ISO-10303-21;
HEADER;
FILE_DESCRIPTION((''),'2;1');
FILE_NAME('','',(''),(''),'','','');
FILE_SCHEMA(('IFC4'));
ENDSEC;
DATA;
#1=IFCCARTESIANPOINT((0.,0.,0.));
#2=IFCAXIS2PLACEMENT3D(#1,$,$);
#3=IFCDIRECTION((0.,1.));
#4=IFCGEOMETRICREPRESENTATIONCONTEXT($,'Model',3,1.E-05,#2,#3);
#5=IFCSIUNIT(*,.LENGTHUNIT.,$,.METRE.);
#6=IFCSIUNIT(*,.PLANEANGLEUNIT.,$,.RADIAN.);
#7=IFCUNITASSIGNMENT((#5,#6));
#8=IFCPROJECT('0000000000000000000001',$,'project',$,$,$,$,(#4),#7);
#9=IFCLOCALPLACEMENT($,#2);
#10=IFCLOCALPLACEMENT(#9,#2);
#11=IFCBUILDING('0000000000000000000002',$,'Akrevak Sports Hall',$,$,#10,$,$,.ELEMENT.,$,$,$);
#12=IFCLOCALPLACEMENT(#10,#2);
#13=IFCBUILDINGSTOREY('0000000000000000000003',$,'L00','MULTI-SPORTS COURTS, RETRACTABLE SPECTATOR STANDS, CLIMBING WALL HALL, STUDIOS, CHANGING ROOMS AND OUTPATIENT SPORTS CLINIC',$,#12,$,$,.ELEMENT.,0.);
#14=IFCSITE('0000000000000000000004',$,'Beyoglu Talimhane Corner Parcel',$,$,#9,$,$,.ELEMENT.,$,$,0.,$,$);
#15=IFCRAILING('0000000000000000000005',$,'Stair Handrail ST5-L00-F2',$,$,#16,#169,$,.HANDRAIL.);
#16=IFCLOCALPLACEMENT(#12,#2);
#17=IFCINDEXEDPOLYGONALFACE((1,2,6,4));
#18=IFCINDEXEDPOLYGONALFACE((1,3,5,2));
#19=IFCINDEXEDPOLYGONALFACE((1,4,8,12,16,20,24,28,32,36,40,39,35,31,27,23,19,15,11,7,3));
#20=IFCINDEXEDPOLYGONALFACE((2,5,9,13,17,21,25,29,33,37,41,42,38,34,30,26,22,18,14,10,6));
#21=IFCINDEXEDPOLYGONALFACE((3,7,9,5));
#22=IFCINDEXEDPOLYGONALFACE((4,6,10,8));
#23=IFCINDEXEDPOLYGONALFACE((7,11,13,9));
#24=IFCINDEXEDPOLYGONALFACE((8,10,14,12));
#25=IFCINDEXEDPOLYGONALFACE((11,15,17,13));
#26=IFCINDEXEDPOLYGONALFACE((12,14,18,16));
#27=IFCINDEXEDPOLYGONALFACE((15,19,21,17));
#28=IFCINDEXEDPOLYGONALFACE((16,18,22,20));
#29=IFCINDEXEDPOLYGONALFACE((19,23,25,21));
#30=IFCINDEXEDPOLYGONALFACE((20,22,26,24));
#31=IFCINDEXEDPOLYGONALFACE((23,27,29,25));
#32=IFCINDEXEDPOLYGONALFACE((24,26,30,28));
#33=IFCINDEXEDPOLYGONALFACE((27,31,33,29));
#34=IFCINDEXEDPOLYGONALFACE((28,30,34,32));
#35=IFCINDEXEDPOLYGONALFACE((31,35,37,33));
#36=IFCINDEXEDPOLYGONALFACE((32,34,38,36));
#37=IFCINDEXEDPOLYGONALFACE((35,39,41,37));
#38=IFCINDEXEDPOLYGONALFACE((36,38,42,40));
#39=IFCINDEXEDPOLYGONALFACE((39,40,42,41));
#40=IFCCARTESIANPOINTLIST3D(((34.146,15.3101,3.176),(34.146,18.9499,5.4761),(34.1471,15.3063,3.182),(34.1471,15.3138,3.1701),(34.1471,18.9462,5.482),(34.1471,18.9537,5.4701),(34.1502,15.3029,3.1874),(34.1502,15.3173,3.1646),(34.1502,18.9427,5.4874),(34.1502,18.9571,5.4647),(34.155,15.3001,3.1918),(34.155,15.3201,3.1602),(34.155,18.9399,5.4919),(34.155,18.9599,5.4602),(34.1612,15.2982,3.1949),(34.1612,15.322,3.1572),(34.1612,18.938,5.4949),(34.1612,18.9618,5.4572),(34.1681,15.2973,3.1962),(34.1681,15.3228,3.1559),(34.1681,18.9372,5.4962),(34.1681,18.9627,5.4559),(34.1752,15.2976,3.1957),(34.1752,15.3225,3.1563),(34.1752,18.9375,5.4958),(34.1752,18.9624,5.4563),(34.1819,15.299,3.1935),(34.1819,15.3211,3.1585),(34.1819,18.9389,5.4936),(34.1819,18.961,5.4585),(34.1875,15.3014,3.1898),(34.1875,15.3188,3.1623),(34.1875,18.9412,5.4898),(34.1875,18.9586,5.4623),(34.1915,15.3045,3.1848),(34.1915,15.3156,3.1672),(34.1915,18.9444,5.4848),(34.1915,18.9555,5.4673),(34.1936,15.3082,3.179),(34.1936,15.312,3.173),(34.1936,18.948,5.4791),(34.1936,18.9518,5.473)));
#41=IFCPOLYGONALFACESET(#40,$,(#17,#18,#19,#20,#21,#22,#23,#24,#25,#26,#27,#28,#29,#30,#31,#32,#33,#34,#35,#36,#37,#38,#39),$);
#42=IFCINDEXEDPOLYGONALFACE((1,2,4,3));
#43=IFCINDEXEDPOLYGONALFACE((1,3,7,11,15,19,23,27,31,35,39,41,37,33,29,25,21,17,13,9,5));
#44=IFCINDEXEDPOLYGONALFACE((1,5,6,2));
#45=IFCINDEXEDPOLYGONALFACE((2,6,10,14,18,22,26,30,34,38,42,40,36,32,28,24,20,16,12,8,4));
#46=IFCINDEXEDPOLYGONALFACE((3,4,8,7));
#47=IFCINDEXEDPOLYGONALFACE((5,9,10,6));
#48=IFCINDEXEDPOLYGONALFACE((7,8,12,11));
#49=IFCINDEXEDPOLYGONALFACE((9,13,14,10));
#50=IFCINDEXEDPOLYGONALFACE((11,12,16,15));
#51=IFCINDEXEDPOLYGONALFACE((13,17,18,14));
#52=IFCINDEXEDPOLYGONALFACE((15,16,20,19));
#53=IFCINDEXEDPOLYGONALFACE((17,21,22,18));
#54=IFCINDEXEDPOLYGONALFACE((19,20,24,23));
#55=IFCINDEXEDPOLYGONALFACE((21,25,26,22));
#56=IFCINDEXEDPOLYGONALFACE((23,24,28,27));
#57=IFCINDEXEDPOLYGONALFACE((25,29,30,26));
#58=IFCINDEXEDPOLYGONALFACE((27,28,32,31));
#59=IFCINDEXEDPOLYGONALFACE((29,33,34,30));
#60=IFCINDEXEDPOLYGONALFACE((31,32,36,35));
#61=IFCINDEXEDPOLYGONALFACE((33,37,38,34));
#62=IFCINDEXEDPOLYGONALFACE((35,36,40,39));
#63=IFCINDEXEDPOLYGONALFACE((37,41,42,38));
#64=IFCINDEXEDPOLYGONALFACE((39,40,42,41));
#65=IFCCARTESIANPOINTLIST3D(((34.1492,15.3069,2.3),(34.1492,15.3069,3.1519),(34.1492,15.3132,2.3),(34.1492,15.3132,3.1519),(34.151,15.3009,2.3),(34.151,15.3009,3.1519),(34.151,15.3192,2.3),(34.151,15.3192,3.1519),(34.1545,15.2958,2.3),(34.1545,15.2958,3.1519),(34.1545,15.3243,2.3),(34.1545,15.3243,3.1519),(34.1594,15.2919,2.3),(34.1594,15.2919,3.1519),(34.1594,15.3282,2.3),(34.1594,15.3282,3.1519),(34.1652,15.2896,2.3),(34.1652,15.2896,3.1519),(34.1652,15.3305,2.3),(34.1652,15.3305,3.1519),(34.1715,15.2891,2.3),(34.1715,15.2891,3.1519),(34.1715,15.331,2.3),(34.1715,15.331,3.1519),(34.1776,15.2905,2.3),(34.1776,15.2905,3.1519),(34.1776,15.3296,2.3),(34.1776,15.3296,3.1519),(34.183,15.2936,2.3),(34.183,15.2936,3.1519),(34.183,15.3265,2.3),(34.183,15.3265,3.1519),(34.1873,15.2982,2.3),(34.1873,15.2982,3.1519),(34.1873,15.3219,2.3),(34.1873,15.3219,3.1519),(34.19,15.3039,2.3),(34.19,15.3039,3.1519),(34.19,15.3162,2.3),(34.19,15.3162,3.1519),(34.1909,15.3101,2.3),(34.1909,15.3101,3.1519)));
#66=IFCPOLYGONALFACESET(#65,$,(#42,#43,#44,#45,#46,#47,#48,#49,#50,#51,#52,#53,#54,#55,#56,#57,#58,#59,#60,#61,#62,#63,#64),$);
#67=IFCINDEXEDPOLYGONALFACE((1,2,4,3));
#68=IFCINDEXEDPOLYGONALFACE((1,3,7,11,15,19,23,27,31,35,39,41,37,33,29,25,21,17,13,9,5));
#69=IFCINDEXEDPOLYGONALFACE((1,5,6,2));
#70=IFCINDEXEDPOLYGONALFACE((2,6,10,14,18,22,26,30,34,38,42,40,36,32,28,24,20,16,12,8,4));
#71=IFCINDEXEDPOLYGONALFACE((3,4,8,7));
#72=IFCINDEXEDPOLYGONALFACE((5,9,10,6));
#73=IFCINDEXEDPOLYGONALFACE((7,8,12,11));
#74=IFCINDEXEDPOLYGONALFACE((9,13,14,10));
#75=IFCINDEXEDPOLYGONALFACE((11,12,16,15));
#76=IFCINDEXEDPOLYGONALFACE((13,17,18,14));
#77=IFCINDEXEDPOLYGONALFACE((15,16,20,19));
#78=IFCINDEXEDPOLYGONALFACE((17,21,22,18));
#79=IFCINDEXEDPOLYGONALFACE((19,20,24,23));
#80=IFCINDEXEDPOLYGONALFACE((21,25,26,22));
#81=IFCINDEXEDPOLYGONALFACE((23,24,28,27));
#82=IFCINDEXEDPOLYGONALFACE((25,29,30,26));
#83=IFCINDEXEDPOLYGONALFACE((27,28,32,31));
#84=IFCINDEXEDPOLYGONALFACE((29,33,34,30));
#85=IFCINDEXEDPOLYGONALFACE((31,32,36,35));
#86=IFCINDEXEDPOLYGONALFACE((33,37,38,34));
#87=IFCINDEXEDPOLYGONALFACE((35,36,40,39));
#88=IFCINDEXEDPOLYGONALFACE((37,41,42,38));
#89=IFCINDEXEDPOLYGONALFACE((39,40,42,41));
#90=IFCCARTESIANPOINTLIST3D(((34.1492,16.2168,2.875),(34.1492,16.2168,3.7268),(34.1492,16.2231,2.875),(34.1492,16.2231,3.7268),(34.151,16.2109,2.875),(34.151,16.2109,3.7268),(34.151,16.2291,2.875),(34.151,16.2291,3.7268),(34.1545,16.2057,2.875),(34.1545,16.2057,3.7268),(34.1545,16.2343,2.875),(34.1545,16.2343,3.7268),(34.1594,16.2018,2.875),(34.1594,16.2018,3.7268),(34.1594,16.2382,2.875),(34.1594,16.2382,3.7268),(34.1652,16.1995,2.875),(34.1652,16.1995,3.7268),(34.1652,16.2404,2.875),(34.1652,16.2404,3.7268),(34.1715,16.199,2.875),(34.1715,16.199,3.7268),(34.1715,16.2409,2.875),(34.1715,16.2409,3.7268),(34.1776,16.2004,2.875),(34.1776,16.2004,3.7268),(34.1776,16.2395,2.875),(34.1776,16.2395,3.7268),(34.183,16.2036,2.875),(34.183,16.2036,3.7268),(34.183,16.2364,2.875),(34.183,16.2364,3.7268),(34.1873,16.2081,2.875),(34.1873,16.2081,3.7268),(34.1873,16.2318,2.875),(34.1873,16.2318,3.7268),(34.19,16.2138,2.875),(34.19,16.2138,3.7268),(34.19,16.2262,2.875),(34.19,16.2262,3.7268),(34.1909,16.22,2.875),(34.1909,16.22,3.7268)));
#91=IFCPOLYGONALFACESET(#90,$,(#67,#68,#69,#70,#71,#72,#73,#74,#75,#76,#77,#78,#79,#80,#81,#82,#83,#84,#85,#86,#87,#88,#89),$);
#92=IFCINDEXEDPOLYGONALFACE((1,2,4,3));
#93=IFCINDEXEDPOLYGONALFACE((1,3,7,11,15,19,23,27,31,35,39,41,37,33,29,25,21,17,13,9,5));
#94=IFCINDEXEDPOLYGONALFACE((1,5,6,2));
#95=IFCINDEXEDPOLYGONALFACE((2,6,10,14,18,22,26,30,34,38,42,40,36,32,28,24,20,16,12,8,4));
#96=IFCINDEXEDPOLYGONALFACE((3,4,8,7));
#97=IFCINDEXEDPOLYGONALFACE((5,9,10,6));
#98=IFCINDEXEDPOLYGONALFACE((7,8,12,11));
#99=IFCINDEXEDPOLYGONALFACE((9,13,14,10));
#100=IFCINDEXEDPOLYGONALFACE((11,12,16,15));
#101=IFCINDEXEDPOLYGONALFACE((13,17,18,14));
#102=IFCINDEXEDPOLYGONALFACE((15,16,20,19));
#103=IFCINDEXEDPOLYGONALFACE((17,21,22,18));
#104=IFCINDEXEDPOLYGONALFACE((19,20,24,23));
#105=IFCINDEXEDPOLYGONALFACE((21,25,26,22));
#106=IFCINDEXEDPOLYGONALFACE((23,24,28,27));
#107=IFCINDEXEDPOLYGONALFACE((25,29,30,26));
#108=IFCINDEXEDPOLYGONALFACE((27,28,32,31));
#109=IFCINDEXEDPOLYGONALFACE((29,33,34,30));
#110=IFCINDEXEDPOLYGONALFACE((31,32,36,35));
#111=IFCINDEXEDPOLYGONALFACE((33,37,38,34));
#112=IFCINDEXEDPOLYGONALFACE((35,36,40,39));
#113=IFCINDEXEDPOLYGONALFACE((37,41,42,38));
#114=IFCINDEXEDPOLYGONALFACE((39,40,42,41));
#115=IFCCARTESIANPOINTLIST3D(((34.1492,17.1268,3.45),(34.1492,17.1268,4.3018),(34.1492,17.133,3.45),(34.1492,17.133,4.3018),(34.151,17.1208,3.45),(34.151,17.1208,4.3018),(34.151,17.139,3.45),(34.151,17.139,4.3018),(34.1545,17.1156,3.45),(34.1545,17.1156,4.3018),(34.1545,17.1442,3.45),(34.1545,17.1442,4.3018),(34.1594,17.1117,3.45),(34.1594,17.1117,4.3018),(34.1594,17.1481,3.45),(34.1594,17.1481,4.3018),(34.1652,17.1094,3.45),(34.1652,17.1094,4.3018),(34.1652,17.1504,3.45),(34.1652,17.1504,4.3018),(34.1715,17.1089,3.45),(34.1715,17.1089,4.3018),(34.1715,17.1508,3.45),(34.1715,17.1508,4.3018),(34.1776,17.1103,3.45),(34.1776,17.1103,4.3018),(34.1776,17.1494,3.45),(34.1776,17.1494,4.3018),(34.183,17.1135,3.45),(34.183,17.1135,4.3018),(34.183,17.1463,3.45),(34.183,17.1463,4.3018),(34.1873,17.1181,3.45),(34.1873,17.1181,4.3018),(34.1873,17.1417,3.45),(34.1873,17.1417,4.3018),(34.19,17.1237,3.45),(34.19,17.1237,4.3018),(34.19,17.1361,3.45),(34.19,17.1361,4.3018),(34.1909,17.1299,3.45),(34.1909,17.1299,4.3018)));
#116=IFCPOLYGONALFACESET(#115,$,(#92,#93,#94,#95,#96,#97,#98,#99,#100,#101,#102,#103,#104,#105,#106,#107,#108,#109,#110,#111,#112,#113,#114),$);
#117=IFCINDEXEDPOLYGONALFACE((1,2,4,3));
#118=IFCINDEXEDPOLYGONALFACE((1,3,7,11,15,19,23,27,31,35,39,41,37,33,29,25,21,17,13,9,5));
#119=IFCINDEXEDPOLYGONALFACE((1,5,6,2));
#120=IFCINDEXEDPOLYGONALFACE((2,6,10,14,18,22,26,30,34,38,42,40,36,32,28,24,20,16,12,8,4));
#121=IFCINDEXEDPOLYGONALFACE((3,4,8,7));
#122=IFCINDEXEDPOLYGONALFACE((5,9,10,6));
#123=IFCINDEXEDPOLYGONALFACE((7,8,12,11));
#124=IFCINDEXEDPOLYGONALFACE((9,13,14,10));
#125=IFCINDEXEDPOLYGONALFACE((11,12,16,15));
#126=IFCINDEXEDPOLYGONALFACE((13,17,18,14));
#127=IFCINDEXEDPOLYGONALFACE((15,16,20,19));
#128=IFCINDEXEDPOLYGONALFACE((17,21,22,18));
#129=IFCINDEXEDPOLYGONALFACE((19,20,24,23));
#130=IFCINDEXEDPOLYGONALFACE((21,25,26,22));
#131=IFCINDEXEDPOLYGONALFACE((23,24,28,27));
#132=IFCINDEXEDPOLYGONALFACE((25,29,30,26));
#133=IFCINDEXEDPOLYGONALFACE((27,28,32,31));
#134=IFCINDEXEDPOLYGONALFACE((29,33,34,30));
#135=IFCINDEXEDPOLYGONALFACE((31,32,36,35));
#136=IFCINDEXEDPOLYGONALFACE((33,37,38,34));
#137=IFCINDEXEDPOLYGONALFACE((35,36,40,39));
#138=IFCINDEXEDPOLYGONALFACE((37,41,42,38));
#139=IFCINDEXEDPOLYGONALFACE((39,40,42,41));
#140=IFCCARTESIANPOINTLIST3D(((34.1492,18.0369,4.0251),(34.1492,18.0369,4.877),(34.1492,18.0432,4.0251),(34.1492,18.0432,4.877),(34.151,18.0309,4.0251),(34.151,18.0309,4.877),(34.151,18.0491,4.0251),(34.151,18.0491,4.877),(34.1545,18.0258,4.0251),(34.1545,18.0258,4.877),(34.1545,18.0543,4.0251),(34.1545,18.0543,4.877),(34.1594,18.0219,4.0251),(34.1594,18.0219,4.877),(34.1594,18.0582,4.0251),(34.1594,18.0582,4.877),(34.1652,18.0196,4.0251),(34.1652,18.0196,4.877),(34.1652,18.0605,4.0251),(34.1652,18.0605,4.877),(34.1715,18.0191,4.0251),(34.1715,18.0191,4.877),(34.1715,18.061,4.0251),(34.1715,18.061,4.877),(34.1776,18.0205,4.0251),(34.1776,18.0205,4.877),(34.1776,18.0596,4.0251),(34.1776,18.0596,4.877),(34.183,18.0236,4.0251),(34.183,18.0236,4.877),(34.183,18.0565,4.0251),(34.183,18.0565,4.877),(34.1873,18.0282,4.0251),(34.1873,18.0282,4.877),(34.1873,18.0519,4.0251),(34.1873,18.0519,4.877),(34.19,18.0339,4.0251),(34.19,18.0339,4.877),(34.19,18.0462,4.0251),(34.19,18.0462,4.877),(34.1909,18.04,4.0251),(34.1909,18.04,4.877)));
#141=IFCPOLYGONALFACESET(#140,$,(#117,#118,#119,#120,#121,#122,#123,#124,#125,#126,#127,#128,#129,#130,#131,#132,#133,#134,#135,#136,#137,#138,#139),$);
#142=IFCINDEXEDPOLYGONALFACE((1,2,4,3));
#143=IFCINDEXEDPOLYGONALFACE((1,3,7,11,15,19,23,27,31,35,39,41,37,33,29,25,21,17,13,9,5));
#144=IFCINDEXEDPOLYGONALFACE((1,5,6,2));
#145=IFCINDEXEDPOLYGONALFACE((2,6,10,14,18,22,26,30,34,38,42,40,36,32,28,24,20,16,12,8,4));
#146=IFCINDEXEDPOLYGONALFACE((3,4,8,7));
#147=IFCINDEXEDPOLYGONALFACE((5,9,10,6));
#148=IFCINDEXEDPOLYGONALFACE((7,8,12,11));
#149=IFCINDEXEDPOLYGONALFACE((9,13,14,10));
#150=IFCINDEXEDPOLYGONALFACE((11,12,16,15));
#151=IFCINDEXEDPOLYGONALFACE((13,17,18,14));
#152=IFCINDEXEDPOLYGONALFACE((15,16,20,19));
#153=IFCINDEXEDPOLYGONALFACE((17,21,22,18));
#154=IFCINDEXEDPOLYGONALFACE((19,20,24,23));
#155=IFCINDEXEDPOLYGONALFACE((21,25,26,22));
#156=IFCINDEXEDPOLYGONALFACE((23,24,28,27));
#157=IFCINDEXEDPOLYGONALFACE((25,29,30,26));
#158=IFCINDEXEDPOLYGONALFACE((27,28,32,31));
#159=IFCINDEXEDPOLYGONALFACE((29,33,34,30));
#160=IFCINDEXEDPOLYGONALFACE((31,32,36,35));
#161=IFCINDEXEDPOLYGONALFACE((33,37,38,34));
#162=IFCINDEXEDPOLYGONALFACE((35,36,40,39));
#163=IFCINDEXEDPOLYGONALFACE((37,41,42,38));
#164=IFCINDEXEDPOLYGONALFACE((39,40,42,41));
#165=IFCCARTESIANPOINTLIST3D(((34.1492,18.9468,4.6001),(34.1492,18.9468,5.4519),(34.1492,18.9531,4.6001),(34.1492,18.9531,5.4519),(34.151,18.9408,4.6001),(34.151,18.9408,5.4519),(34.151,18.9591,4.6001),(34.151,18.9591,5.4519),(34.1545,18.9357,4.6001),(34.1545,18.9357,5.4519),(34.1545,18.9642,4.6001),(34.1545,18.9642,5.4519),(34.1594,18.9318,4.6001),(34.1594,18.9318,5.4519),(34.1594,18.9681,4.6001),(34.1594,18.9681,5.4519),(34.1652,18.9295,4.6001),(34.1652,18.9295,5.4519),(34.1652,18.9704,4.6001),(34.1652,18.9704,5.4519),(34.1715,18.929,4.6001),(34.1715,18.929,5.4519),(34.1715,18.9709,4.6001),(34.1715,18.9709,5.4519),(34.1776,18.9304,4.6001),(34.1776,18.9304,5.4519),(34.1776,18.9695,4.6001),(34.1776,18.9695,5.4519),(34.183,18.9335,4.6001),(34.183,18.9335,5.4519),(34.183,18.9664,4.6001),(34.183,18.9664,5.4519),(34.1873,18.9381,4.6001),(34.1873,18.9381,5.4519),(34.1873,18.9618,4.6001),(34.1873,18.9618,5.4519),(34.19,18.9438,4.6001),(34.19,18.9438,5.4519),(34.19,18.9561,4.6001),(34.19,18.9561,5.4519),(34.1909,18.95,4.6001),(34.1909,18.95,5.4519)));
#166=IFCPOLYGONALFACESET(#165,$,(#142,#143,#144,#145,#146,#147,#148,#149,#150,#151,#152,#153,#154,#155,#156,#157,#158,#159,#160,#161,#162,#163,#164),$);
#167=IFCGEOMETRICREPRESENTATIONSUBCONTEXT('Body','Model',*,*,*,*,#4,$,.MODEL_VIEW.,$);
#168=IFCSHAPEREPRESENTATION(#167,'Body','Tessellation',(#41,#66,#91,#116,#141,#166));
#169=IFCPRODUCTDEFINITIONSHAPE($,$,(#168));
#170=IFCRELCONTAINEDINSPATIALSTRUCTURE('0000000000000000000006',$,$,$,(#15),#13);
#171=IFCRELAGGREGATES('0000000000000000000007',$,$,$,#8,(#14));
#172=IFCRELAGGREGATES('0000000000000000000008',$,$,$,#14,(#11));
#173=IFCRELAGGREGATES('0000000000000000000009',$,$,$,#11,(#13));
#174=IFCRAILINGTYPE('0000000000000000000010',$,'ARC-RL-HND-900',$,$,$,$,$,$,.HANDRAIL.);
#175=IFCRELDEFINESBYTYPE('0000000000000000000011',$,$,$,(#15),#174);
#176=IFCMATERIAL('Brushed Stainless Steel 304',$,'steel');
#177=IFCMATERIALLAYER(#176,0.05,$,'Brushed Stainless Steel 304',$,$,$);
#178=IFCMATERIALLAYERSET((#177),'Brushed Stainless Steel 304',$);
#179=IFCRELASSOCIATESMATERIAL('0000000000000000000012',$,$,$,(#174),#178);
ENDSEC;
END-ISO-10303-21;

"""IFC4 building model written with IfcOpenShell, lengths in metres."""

from ifc_helpers import new_model, si_unit, direction, frame, origin, origin_2d, place, context, subcontext, project, spatial, circle, extrude, material, layer, layer_set, type_object, element, save


model = new_model("IFC4")

# Units and contexts
model_context = context("Model", 3, precision=1e-05, world=origin(), true_north=direction((0.0, 1.0)))
body_context = subcontext(model_context, "Body", "Model", "MODEL_VIEW")
ifc_project = project(units=[si_unit("LENGTHUNIT", "METRE"), si_unit("PLANEANGLEUNIT", "RADIAN")], contexts=[model_context])

# Site, building, storey
site_placement = place(None, origin())
site = spatial("IfcSite", under=ifc_project, at=site_placement, Name="Beyoglu Talimhane Corner Parcel", CompositionType="ELEMENT", RefElevation=0.0)
building_placement = place(site_placement, origin())
building = spatial("IfcBuilding", under=site, at=building_placement, Name="Akrevak Sports Hall", CompositionType="ELEMENT")
storey_placement = place(building_placement, origin())
storey = spatial("IfcBuildingStorey", under=building, at=storey_placement, Name="L00", Description="MULTI-SPORTS COURTS, RETRACTABLE SPECTATOR STANDS, CLIMBING WALL HALL, STUDIOS, CHANGING ROOMS AND OUTPATIENT SPORTS CLINIC", CompositionType="ELEMENT", Elevation=0.0)

# Railing
ifc_material_1 = material(Name="Brushed Stainless Steel 304", Category="steel")
ifc_layer_1 = layer(ifc_material_1, 0.05, Name="Brushed Stainless Steel 304")
ifc_layer_set_1 = layer_set([ifc_layer_1], Name="Brushed Stainless Steel 304")
railing_type = type_object("IfcRailingType", Name="ARC-RL-HND-900", PredefinedType="HANDRAIL", material=ifc_layer_set_1)
railing_placement = place(storey_placement, frame((34.1699, 15.3101, 2.3)))
element("IfcRailing", 1, at=railing_placement, inside=storey, type_object=railing_type, Name="Stair Handrail ST5-L00-F2", PredefinedType="HANDRAIL", context=body_context, shape_type="SweptSolid", body=[
    extrude(circle(Radius=0.0239, at=origin_2d()), frame((0.0, 0.0, 0.876), z_axis=(0.0, 0.845366, 0.534187), x_axis=(-1.0, 0.0, 0.0)), (0.0, 0.0, 1.0), 4.3057),
    extrude(circle(Radius=0.021, at=origin_2d()), origin(), (0.0, 0.0, 1.0), 0.8518),
    extrude(circle(Radius=0.021, at=origin_2d()), frame((0.0, 0.9099, 0.575)), (0.0, 0.0, 1.0), 0.8518),
    extrude(circle(Radius=0.021, at=origin_2d()), frame((0.0, 1.8198, 1.1499)), (0.0, 0.0, 1.0), 0.8518),
    extrude(circle(Radius=0.021, at=origin_2d()), frame((0.0, 2.73, 1.7251)), (0.0, 0.0, 1.0), 0.8518),
    extrude(circle(Radius=0.021, at=origin_2d()), frame((0.0, 3.6399, 2.3)), (0.0, 0.0, 1.0), 0.8518),
])

save(model, "model.ifc")
